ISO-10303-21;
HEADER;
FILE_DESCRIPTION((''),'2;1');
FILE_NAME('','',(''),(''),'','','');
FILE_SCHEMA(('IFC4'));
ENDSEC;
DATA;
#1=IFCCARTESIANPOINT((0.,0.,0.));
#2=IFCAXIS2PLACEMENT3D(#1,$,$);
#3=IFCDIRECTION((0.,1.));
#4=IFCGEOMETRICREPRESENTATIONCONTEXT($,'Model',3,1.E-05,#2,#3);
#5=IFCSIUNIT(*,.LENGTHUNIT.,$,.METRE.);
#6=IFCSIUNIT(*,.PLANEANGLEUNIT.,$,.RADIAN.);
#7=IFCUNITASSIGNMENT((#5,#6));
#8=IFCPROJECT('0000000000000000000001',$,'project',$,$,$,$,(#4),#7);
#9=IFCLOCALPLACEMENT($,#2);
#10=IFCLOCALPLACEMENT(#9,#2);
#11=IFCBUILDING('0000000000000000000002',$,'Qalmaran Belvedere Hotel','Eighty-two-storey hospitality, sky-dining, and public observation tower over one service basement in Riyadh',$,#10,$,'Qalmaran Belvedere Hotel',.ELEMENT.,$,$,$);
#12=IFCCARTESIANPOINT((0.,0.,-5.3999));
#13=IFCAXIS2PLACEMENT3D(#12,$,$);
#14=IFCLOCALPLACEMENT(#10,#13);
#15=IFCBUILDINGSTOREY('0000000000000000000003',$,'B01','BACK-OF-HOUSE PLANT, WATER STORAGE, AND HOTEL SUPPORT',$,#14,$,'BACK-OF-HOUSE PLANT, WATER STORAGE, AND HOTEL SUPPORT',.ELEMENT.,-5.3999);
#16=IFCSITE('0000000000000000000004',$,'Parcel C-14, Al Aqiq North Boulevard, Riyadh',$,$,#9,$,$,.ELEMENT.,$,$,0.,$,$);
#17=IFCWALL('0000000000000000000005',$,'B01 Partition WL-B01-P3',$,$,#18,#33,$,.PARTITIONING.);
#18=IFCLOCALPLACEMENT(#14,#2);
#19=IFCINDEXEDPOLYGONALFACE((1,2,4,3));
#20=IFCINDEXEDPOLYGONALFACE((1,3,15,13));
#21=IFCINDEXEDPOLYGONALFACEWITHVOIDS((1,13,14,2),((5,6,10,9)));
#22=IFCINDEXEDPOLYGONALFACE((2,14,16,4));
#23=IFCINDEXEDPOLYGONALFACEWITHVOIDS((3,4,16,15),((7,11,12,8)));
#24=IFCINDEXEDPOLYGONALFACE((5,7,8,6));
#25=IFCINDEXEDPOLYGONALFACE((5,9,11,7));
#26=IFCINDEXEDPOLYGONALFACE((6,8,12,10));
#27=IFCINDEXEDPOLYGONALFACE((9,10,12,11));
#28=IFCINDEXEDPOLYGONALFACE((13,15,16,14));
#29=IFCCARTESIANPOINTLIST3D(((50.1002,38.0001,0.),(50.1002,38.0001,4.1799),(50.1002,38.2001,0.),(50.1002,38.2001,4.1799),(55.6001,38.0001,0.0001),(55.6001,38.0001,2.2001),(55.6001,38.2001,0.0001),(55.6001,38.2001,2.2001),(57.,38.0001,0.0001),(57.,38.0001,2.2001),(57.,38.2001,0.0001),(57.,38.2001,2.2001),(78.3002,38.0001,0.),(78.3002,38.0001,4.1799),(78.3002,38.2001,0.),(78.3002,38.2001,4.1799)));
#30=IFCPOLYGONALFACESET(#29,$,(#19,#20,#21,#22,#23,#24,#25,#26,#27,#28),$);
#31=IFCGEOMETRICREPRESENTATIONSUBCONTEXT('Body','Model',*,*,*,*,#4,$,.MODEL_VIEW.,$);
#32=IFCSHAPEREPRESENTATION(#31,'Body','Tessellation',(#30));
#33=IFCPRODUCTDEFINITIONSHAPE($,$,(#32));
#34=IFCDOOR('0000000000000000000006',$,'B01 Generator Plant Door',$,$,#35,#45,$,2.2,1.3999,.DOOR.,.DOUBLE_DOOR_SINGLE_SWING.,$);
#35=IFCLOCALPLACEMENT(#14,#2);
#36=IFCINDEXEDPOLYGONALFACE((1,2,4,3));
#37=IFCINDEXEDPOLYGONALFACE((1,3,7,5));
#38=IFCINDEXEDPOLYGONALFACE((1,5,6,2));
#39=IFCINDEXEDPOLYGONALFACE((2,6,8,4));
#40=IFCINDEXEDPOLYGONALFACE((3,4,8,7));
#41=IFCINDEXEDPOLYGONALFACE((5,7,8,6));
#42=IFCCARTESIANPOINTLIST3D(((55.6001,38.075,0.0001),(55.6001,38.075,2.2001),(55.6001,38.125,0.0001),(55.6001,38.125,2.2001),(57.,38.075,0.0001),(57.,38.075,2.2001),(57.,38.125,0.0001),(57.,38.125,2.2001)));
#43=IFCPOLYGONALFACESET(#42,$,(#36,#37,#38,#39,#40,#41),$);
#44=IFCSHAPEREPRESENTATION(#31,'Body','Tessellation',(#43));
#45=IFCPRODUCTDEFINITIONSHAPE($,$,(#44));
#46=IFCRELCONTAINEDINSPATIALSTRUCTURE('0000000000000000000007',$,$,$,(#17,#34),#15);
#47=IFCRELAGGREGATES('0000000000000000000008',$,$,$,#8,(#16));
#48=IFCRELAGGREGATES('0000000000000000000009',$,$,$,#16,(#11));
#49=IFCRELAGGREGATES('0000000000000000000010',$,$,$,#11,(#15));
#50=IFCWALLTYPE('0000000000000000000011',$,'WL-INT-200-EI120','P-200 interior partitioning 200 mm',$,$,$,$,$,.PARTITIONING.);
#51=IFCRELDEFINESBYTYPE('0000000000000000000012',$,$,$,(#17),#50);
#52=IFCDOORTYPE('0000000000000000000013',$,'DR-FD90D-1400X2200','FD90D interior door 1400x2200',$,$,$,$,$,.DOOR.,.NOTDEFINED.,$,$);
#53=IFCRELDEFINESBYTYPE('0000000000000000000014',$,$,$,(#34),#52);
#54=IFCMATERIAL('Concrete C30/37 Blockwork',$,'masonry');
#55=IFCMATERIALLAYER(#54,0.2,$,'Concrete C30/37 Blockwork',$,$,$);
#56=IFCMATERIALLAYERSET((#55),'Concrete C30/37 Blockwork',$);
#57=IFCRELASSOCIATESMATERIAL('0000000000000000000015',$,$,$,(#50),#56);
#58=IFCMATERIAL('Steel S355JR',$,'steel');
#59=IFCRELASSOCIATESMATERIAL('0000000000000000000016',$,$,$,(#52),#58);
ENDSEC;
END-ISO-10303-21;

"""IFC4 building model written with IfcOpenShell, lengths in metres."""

from ifc_helpers import new_model, si_unit, direction, frame, frame_2d, origin, place, context, subcontext, project, spatial, rectangle, extrude, material, layer, layer_set, type_object, element, fill, save


model = new_model("IFC4")

# Units and contexts
model_context = context("Model", 3, precision=1e-05, world=origin(), true_north=direction((0.0, 1.0)))
body_context = subcontext(model_context, "Body", "Model", "MODEL_VIEW")
ifc_project = project(units=[si_unit("LENGTHUNIT", "METRE"), si_unit("PLANEANGLEUNIT", "RADIAN")], contexts=[model_context])

# Site, building, storey
site_placement = place(None, origin())
site = spatial("IfcSite", under=ifc_project, at=site_placement, Name="Parcel C-14, Al Aqiq North Boulevard, Riyadh", CompositionType="ELEMENT", RefElevation=0.0)
building_placement = place(site_placement, origin())
building = spatial("IfcBuilding", under=site, at=building_placement, Name="Qalmaran Belvedere Hotel", Description="Eighty-two-storey hospitality, sky-dining, and public observation tower over one service basement in Riyadh", LongName="Qalmaran Belvedere Hotel", CompositionType="ELEMENT")
storey_placement = place(building_placement, frame((0.0, 0.0, -5.3999)))
storey = spatial("IfcBuildingStorey", under=building, at=storey_placement, Name="B01", Description="BACK-OF-HOUSE PLANT, WATER STORAGE, AND HOTEL SUPPORT", LongName="BACK-OF-HOUSE PLANT, WATER STORAGE, AND HOTEL SUPPORT", CompositionType="ELEMENT", Elevation=-5.3999)

# Shared definitions
ifc_material_1 = material(Name="Steel S355JR", Category="steel")

# Wall, opening, door
ifc_material_2 = material(Name="Concrete C30/37 Blockwork", Category="masonry")
ifc_layer = layer(ifc_material_2, 0.2, Name="Concrete C30/37 Blockwork")
ifc_layer_set = layer_set([ifc_layer], Name="Concrete C30/37 Blockwork")
wall_type = type_object("IfcWallType", Name="WL-INT-200-EI120", Description="P-200 interior partitioning 200 mm", PredefinedType="PARTITIONING", material=ifc_layer_set)
wall_placement = place(storey_placement, frame((50.1001, 38.1001, 0.0), z_axis=(0.0, 0.0, 1.0), x_axis=(1.0, 0.0, 0.0)))
wall = element("IfcWall", 1, at=wall_placement, inside=storey, type_object=wall_type, Name="B01 Partition WL-B01-P3", PredefinedType="PARTITIONING", context=body_context, shape_type="SweptSolid", body=[
    extrude(rectangle(XDim=28.2, YDim=0.2, at=frame_2d((14.1001, 0.0))), origin(), (0.0, 0.0, 1.0), 4.1799),
])
opening_placement = place(wall_placement, frame((5.5, 0.0, 0.0)))
opening = element("IfcOpeningElement", 2, at=opening_placement, cuts=wall, PredefinedType="OPENING", context=body_context, shape_type="SweptSolid", body=[
    extrude(rectangle(XDim=1.3999, YDim=2.2, at=frame_2d((0.7, 1.1001))), frame((0.0, 0.1099, 0.0), z_axis=(0.0, -1.0, 0.0), x_axis=(1.0, 0.0, 0.0)), (0.0, 0.0, 1.0), 0.22),
])
door_type = type_object("IfcDoorType", Name="DR-FD90D-1400X2200", Description="FD90D interior door 1400x2200", OperationType="NOTDEFINED", PredefinedType="DOOR", material=ifc_material_1)
door_placement = place(opening_placement, origin())
door = element("IfcDoor", 3, at=door_placement, inside=storey, type_object=door_type, Name="B01 Generator Plant Door", OperationType="DOUBLE_DOOR_SINGLE_SWING", OverallHeight=2.2, OverallWidth=1.3999, PredefinedType="DOOR", context=body_context, shape_type="SweptSolid", body=[
    extrude(rectangle(XDim=1.3999, YDim=2.2, at=frame_2d((0.7, 1.1001))), frame((0.0, 0.0249, 0.0), z_axis=(0.0, -1.0, 0.0), x_axis=(1.0, 0.0, 0.0)), (0.0, 0.0, 1.0), 0.05),
])
fill(opening, door)

save(model, "model.ifc")
